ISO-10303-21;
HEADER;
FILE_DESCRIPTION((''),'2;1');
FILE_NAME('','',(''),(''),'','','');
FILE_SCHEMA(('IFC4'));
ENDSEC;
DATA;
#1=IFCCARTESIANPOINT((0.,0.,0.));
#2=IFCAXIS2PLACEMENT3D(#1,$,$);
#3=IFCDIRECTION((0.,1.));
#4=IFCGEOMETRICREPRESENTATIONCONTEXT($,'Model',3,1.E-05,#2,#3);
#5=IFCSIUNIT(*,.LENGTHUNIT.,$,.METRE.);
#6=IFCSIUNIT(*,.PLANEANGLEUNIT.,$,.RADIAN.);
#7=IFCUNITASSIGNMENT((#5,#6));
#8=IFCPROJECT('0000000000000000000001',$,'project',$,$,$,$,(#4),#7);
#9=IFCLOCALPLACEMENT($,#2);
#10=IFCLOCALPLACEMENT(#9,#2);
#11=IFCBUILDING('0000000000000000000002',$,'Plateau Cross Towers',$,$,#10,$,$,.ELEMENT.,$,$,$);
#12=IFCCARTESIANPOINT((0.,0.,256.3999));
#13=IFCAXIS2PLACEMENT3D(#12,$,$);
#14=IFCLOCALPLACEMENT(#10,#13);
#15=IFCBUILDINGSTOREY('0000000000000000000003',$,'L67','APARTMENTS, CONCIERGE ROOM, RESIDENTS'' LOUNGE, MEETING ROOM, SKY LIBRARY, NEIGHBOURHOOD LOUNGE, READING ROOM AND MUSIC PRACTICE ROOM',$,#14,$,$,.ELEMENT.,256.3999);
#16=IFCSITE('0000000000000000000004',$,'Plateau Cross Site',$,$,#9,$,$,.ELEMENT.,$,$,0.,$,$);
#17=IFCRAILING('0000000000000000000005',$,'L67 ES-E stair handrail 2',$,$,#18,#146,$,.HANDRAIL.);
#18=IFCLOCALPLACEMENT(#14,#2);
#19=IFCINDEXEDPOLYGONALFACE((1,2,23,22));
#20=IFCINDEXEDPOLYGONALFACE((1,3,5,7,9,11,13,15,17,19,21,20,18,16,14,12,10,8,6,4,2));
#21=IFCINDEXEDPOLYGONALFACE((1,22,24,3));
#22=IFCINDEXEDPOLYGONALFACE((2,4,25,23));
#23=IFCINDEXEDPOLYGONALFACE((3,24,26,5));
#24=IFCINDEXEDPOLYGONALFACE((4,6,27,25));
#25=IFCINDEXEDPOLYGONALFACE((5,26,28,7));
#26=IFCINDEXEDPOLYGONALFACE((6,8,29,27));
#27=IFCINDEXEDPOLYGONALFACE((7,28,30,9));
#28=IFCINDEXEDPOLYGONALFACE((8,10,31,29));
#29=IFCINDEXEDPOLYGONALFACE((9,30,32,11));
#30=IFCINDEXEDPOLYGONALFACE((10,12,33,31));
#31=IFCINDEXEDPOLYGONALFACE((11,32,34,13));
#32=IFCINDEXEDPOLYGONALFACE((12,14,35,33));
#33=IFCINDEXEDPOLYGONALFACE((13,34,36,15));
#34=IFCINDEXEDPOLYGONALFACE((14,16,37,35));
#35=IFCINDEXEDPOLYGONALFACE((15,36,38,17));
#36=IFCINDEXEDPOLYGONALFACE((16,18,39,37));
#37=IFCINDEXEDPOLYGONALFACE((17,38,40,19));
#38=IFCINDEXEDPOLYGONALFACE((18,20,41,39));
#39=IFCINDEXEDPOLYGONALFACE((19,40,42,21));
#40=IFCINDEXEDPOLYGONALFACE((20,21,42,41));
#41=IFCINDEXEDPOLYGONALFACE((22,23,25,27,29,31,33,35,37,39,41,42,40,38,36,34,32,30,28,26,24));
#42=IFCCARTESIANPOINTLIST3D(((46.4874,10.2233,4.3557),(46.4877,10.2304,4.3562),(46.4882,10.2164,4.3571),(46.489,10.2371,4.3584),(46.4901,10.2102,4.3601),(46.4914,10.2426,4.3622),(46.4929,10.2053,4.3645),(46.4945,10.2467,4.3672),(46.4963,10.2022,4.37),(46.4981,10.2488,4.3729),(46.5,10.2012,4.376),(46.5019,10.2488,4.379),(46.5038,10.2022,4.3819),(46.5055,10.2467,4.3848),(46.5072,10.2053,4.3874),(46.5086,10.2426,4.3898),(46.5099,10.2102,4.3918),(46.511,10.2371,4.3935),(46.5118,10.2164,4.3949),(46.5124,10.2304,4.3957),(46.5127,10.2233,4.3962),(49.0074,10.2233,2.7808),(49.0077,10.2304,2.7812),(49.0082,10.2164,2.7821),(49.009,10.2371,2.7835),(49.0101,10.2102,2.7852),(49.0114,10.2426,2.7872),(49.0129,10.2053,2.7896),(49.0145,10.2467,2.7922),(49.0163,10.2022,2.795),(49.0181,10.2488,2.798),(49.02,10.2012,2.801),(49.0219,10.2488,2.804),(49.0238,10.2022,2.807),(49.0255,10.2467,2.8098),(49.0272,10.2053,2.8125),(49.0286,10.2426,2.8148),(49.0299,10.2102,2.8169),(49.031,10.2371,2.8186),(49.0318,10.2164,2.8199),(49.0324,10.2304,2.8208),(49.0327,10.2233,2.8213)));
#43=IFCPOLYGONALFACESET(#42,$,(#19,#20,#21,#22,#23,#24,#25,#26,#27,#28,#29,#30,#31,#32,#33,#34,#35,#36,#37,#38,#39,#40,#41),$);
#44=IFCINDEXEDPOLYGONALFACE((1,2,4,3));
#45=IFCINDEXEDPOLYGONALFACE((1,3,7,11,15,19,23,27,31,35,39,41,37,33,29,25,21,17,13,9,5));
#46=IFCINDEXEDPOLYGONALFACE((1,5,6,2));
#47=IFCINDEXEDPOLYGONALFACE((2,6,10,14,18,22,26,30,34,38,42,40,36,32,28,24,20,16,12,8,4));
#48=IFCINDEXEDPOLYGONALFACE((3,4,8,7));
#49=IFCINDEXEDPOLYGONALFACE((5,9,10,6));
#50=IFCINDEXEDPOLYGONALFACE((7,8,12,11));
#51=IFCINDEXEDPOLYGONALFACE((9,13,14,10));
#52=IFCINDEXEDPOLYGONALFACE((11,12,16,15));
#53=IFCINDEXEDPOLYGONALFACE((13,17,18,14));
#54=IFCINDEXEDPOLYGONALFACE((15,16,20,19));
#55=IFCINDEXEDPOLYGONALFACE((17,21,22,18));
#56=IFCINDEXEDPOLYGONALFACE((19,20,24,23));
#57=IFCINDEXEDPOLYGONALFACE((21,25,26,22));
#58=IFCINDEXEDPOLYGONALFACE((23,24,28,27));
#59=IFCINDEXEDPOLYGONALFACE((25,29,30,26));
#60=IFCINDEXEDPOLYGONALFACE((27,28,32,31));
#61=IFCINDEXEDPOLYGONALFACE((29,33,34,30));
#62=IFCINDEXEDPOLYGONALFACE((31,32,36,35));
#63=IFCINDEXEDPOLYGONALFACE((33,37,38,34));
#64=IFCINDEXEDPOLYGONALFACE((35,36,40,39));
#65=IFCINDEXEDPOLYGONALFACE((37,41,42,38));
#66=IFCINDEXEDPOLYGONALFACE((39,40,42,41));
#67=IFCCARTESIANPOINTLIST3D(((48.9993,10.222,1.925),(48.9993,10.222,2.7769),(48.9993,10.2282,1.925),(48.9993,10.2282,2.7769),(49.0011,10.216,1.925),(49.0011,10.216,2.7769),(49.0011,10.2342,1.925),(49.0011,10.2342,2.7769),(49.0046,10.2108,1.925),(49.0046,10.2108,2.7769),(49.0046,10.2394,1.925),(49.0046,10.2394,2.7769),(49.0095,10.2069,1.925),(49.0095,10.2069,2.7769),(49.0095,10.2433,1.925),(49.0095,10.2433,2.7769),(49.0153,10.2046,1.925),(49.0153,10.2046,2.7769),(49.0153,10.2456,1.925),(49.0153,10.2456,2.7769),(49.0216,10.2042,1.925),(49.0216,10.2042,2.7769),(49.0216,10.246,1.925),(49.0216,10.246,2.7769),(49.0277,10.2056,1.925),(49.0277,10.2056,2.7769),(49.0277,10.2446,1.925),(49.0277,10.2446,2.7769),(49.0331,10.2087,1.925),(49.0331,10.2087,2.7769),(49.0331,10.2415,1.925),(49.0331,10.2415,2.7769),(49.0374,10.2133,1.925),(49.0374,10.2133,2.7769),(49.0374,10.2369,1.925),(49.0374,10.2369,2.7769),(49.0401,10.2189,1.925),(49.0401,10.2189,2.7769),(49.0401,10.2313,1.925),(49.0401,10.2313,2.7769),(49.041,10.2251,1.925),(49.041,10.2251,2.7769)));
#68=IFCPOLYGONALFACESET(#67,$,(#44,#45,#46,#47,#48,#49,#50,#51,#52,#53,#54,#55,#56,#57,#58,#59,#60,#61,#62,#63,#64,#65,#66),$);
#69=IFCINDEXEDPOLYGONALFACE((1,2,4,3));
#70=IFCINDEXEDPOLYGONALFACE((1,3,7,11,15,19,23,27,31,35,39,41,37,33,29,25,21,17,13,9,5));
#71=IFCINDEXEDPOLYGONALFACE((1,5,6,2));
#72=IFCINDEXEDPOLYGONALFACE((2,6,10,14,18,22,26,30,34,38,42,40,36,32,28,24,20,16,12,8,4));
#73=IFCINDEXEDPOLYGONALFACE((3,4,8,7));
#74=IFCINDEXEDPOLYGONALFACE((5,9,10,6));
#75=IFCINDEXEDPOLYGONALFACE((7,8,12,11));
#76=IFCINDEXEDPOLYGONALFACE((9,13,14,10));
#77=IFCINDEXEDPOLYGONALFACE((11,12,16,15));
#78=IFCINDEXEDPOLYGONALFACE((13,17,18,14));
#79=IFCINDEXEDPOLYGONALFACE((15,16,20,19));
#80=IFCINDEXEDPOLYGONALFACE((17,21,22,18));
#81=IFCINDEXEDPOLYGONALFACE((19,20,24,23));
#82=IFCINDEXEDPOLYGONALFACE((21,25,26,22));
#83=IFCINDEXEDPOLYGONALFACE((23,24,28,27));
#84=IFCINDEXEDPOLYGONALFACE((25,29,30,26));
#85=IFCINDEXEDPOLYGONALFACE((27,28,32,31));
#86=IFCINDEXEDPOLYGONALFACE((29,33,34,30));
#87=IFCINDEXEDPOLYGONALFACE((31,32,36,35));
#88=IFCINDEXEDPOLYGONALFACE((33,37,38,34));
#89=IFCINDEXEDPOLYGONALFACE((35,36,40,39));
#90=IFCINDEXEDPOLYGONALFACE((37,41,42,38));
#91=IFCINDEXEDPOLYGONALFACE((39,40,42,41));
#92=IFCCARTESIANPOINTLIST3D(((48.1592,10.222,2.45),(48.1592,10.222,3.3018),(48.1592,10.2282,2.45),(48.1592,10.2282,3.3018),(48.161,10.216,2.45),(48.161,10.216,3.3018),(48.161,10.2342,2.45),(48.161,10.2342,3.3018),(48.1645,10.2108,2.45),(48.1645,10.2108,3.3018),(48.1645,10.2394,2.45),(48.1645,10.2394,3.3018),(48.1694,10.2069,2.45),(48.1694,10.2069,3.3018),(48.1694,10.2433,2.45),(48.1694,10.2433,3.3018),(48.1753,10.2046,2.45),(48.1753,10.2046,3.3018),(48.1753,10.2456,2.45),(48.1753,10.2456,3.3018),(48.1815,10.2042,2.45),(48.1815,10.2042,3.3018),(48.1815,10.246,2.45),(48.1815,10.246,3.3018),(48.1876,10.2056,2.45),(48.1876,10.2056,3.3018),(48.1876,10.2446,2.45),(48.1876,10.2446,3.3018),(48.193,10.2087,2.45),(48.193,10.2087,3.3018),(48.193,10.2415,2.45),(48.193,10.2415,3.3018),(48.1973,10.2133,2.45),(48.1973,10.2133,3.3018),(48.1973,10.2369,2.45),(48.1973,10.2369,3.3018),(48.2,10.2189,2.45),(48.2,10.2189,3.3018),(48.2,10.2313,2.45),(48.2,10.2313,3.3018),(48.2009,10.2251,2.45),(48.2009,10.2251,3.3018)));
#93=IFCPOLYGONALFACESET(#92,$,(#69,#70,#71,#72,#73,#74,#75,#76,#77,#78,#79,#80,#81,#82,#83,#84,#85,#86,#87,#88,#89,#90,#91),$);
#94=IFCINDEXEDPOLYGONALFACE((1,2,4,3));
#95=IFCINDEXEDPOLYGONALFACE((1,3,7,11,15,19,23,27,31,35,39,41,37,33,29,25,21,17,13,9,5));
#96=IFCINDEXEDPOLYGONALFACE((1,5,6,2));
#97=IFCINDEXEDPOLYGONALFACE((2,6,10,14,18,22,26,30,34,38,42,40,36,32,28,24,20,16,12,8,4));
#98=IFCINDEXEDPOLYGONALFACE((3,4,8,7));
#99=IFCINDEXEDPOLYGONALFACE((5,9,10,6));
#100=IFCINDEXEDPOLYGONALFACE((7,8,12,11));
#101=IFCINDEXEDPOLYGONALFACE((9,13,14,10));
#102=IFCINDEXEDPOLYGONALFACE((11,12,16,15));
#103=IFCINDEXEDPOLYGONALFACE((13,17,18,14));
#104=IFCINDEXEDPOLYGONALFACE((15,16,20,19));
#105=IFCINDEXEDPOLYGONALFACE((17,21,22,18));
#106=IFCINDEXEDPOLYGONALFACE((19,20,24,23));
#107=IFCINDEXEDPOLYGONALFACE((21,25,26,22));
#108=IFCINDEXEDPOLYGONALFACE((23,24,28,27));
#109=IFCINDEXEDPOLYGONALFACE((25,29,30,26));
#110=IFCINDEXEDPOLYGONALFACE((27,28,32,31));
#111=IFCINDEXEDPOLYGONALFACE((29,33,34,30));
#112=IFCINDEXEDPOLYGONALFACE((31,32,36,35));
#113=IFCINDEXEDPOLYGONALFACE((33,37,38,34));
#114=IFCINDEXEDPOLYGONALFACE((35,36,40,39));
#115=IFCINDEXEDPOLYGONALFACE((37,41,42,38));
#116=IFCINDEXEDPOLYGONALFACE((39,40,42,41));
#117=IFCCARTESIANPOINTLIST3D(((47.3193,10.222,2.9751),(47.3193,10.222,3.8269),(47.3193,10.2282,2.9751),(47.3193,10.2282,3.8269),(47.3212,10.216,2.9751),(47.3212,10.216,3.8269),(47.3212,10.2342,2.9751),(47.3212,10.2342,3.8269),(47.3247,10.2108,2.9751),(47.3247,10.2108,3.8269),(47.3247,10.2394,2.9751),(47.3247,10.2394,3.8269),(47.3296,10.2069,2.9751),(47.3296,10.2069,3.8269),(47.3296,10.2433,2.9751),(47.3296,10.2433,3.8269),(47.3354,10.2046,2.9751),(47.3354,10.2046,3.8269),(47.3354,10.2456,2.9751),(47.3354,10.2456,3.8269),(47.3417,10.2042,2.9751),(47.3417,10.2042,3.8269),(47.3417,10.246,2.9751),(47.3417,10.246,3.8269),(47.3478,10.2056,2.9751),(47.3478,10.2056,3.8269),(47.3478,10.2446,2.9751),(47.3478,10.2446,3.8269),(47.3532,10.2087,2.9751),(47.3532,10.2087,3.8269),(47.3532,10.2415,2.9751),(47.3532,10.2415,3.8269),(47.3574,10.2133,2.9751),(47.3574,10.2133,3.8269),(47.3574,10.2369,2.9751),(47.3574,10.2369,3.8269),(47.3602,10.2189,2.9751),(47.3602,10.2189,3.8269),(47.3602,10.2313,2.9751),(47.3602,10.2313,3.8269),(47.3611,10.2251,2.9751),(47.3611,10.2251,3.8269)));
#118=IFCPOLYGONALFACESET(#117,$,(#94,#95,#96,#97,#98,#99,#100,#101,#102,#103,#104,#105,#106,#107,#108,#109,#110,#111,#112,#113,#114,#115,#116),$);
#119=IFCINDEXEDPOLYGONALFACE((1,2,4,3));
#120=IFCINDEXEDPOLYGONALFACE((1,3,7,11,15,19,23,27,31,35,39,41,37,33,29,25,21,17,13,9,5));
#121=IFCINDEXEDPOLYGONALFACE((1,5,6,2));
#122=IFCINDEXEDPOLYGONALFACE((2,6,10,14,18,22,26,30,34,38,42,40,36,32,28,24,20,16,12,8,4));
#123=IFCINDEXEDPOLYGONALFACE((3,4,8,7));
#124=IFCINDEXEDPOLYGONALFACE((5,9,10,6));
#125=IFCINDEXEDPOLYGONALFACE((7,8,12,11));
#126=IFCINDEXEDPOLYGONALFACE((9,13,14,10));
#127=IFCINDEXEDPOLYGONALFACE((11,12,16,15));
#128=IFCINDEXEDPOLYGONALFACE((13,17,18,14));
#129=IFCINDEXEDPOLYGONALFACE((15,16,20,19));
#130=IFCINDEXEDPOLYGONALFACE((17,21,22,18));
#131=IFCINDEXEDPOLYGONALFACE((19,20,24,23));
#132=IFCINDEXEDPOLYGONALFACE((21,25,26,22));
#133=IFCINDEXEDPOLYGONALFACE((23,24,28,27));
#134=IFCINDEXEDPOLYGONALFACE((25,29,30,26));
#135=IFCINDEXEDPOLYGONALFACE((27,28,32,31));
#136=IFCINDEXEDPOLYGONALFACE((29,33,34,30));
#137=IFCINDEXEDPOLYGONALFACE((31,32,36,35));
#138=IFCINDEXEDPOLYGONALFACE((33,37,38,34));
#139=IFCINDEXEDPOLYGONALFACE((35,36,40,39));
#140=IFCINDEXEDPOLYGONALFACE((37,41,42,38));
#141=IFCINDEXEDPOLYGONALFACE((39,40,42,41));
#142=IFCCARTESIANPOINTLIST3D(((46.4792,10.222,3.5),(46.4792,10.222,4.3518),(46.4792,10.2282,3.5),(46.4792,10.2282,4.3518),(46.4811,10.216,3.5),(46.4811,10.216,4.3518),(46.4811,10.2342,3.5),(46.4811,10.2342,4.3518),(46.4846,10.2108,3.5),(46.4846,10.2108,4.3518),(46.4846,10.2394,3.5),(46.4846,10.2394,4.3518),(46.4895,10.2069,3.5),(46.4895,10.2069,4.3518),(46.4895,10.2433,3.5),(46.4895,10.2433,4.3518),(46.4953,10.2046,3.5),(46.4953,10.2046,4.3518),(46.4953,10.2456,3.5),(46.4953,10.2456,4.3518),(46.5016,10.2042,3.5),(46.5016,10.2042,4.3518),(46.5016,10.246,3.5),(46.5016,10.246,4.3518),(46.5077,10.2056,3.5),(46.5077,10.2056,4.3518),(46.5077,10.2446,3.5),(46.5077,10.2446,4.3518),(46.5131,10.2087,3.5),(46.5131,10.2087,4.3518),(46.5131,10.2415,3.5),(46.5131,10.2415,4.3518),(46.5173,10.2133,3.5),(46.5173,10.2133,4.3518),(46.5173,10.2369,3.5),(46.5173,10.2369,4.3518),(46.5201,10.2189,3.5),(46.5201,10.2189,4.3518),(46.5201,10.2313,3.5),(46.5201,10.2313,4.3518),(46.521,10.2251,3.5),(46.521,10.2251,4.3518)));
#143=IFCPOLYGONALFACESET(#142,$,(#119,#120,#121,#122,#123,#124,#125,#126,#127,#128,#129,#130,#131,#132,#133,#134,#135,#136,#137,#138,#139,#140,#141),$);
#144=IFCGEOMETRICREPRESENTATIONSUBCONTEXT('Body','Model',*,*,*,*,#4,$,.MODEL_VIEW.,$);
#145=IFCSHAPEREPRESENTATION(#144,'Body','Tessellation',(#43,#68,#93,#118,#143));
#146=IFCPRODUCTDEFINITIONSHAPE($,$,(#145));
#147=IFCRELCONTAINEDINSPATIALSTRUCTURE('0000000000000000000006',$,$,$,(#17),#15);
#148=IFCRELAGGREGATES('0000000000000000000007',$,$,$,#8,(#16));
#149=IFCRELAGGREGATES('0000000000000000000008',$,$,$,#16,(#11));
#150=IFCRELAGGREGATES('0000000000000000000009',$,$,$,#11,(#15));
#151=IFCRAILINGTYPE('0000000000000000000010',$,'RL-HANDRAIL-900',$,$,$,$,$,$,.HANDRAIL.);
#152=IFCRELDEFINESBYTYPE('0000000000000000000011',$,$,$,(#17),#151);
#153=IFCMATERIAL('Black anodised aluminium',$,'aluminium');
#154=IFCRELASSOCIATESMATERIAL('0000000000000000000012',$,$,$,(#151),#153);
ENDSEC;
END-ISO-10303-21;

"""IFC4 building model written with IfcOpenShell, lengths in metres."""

from ifc_helpers import new_model, si_unit, direction, frame, origin, origin_2d, place, context, subcontext, project, spatial, circle, extrude, material, type_object, element, save


model = new_model("IFC4")

# Units and contexts
model_context = context("Model", 3, precision=1e-05, world=origin(), true_north=direction((0.0, 1.0)))
body_context = subcontext(model_context, "Body", "Model", "MODEL_VIEW")
ifc_project = project(units=[si_unit("LENGTHUNIT", "METRE"), si_unit("PLANEANGLEUNIT", "RADIAN")], contexts=[model_context])

# Site, building, storey
site_placement = place(None, origin())
site = spatial("IfcSite", under=ifc_project, at=site_placement, Name="Plateau Cross Site", CompositionType="ELEMENT", RefElevation=0.0)
building_placement = place(site_placement, origin())
building = spatial("IfcBuilding", under=site, at=building_placement, Name="Plateau Cross Towers", CompositionType="ELEMENT")
storey_placement = place(building_placement, frame((0.0, 0.0, 256.3999)))
storey = spatial("IfcBuildingStorey", under=building, at=storey_placement, Name="L67", Description="APARTMENTS, CONCIERGE ROOM, RESIDENTS' LOUNGE, MEETING ROOM, SKY LIBRARY, NEIGHBOURHOOD LOUNGE, READING ROOM AND MUSIC PRACTICE ROOM", CompositionType="ELEMENT", Elevation=256.3999)

# Shared definitions
ifc_material_1 = material(Name="Black anodised aluminium", Category="aluminium")

# Railing
railing_type_1 = type_object("IfcRailingType", Name="RL-HANDRAIL-900", PredefinedType="HANDRAIL", material=ifc_material_1)
railing_1_placement = place(storey_placement, frame((49.02, 10.2251, 1.925)))
element("IfcRailing", 1, at=railing_1_placement, inside=storey, type_object=railing_type_1, Name="L67 ES-E stair handrail 2", PredefinedType="HANDRAIL", context=body_context, shape_type="SweptSolid", body=[
    extrude(circle(Radius=0.0239, at=origin_2d()), frame((0.0, 0.0, 0.876), z_axis=(-0.848008, 0.0, 0.529984), x_axis=(0.0, -1.0, 0.0)), (0.0, 0.0, 1.0), 2.9717),
    extrude(circle(Radius=0.021, at=origin_2d()), origin(), (0.0, 0.0, 1.0), 0.8518),
    extrude(circle(Radius=0.021, at=origin_2d()), frame((-0.8401, 0.0, 0.5249)), (0.0, 0.0, 1.0), 0.8518),
    extrude(circle(Radius=0.021, at=origin_2d()), frame((-1.6799, 0.0, 1.05)), (0.0, 0.0, 1.0), 0.8518),
    extrude(circle(Radius=0.021, at=origin_2d()), frame((-2.52, 0.0, 1.575)), (0.0, 0.0, 1.0), 0.8518),
])

save(model, "model.ifc")
